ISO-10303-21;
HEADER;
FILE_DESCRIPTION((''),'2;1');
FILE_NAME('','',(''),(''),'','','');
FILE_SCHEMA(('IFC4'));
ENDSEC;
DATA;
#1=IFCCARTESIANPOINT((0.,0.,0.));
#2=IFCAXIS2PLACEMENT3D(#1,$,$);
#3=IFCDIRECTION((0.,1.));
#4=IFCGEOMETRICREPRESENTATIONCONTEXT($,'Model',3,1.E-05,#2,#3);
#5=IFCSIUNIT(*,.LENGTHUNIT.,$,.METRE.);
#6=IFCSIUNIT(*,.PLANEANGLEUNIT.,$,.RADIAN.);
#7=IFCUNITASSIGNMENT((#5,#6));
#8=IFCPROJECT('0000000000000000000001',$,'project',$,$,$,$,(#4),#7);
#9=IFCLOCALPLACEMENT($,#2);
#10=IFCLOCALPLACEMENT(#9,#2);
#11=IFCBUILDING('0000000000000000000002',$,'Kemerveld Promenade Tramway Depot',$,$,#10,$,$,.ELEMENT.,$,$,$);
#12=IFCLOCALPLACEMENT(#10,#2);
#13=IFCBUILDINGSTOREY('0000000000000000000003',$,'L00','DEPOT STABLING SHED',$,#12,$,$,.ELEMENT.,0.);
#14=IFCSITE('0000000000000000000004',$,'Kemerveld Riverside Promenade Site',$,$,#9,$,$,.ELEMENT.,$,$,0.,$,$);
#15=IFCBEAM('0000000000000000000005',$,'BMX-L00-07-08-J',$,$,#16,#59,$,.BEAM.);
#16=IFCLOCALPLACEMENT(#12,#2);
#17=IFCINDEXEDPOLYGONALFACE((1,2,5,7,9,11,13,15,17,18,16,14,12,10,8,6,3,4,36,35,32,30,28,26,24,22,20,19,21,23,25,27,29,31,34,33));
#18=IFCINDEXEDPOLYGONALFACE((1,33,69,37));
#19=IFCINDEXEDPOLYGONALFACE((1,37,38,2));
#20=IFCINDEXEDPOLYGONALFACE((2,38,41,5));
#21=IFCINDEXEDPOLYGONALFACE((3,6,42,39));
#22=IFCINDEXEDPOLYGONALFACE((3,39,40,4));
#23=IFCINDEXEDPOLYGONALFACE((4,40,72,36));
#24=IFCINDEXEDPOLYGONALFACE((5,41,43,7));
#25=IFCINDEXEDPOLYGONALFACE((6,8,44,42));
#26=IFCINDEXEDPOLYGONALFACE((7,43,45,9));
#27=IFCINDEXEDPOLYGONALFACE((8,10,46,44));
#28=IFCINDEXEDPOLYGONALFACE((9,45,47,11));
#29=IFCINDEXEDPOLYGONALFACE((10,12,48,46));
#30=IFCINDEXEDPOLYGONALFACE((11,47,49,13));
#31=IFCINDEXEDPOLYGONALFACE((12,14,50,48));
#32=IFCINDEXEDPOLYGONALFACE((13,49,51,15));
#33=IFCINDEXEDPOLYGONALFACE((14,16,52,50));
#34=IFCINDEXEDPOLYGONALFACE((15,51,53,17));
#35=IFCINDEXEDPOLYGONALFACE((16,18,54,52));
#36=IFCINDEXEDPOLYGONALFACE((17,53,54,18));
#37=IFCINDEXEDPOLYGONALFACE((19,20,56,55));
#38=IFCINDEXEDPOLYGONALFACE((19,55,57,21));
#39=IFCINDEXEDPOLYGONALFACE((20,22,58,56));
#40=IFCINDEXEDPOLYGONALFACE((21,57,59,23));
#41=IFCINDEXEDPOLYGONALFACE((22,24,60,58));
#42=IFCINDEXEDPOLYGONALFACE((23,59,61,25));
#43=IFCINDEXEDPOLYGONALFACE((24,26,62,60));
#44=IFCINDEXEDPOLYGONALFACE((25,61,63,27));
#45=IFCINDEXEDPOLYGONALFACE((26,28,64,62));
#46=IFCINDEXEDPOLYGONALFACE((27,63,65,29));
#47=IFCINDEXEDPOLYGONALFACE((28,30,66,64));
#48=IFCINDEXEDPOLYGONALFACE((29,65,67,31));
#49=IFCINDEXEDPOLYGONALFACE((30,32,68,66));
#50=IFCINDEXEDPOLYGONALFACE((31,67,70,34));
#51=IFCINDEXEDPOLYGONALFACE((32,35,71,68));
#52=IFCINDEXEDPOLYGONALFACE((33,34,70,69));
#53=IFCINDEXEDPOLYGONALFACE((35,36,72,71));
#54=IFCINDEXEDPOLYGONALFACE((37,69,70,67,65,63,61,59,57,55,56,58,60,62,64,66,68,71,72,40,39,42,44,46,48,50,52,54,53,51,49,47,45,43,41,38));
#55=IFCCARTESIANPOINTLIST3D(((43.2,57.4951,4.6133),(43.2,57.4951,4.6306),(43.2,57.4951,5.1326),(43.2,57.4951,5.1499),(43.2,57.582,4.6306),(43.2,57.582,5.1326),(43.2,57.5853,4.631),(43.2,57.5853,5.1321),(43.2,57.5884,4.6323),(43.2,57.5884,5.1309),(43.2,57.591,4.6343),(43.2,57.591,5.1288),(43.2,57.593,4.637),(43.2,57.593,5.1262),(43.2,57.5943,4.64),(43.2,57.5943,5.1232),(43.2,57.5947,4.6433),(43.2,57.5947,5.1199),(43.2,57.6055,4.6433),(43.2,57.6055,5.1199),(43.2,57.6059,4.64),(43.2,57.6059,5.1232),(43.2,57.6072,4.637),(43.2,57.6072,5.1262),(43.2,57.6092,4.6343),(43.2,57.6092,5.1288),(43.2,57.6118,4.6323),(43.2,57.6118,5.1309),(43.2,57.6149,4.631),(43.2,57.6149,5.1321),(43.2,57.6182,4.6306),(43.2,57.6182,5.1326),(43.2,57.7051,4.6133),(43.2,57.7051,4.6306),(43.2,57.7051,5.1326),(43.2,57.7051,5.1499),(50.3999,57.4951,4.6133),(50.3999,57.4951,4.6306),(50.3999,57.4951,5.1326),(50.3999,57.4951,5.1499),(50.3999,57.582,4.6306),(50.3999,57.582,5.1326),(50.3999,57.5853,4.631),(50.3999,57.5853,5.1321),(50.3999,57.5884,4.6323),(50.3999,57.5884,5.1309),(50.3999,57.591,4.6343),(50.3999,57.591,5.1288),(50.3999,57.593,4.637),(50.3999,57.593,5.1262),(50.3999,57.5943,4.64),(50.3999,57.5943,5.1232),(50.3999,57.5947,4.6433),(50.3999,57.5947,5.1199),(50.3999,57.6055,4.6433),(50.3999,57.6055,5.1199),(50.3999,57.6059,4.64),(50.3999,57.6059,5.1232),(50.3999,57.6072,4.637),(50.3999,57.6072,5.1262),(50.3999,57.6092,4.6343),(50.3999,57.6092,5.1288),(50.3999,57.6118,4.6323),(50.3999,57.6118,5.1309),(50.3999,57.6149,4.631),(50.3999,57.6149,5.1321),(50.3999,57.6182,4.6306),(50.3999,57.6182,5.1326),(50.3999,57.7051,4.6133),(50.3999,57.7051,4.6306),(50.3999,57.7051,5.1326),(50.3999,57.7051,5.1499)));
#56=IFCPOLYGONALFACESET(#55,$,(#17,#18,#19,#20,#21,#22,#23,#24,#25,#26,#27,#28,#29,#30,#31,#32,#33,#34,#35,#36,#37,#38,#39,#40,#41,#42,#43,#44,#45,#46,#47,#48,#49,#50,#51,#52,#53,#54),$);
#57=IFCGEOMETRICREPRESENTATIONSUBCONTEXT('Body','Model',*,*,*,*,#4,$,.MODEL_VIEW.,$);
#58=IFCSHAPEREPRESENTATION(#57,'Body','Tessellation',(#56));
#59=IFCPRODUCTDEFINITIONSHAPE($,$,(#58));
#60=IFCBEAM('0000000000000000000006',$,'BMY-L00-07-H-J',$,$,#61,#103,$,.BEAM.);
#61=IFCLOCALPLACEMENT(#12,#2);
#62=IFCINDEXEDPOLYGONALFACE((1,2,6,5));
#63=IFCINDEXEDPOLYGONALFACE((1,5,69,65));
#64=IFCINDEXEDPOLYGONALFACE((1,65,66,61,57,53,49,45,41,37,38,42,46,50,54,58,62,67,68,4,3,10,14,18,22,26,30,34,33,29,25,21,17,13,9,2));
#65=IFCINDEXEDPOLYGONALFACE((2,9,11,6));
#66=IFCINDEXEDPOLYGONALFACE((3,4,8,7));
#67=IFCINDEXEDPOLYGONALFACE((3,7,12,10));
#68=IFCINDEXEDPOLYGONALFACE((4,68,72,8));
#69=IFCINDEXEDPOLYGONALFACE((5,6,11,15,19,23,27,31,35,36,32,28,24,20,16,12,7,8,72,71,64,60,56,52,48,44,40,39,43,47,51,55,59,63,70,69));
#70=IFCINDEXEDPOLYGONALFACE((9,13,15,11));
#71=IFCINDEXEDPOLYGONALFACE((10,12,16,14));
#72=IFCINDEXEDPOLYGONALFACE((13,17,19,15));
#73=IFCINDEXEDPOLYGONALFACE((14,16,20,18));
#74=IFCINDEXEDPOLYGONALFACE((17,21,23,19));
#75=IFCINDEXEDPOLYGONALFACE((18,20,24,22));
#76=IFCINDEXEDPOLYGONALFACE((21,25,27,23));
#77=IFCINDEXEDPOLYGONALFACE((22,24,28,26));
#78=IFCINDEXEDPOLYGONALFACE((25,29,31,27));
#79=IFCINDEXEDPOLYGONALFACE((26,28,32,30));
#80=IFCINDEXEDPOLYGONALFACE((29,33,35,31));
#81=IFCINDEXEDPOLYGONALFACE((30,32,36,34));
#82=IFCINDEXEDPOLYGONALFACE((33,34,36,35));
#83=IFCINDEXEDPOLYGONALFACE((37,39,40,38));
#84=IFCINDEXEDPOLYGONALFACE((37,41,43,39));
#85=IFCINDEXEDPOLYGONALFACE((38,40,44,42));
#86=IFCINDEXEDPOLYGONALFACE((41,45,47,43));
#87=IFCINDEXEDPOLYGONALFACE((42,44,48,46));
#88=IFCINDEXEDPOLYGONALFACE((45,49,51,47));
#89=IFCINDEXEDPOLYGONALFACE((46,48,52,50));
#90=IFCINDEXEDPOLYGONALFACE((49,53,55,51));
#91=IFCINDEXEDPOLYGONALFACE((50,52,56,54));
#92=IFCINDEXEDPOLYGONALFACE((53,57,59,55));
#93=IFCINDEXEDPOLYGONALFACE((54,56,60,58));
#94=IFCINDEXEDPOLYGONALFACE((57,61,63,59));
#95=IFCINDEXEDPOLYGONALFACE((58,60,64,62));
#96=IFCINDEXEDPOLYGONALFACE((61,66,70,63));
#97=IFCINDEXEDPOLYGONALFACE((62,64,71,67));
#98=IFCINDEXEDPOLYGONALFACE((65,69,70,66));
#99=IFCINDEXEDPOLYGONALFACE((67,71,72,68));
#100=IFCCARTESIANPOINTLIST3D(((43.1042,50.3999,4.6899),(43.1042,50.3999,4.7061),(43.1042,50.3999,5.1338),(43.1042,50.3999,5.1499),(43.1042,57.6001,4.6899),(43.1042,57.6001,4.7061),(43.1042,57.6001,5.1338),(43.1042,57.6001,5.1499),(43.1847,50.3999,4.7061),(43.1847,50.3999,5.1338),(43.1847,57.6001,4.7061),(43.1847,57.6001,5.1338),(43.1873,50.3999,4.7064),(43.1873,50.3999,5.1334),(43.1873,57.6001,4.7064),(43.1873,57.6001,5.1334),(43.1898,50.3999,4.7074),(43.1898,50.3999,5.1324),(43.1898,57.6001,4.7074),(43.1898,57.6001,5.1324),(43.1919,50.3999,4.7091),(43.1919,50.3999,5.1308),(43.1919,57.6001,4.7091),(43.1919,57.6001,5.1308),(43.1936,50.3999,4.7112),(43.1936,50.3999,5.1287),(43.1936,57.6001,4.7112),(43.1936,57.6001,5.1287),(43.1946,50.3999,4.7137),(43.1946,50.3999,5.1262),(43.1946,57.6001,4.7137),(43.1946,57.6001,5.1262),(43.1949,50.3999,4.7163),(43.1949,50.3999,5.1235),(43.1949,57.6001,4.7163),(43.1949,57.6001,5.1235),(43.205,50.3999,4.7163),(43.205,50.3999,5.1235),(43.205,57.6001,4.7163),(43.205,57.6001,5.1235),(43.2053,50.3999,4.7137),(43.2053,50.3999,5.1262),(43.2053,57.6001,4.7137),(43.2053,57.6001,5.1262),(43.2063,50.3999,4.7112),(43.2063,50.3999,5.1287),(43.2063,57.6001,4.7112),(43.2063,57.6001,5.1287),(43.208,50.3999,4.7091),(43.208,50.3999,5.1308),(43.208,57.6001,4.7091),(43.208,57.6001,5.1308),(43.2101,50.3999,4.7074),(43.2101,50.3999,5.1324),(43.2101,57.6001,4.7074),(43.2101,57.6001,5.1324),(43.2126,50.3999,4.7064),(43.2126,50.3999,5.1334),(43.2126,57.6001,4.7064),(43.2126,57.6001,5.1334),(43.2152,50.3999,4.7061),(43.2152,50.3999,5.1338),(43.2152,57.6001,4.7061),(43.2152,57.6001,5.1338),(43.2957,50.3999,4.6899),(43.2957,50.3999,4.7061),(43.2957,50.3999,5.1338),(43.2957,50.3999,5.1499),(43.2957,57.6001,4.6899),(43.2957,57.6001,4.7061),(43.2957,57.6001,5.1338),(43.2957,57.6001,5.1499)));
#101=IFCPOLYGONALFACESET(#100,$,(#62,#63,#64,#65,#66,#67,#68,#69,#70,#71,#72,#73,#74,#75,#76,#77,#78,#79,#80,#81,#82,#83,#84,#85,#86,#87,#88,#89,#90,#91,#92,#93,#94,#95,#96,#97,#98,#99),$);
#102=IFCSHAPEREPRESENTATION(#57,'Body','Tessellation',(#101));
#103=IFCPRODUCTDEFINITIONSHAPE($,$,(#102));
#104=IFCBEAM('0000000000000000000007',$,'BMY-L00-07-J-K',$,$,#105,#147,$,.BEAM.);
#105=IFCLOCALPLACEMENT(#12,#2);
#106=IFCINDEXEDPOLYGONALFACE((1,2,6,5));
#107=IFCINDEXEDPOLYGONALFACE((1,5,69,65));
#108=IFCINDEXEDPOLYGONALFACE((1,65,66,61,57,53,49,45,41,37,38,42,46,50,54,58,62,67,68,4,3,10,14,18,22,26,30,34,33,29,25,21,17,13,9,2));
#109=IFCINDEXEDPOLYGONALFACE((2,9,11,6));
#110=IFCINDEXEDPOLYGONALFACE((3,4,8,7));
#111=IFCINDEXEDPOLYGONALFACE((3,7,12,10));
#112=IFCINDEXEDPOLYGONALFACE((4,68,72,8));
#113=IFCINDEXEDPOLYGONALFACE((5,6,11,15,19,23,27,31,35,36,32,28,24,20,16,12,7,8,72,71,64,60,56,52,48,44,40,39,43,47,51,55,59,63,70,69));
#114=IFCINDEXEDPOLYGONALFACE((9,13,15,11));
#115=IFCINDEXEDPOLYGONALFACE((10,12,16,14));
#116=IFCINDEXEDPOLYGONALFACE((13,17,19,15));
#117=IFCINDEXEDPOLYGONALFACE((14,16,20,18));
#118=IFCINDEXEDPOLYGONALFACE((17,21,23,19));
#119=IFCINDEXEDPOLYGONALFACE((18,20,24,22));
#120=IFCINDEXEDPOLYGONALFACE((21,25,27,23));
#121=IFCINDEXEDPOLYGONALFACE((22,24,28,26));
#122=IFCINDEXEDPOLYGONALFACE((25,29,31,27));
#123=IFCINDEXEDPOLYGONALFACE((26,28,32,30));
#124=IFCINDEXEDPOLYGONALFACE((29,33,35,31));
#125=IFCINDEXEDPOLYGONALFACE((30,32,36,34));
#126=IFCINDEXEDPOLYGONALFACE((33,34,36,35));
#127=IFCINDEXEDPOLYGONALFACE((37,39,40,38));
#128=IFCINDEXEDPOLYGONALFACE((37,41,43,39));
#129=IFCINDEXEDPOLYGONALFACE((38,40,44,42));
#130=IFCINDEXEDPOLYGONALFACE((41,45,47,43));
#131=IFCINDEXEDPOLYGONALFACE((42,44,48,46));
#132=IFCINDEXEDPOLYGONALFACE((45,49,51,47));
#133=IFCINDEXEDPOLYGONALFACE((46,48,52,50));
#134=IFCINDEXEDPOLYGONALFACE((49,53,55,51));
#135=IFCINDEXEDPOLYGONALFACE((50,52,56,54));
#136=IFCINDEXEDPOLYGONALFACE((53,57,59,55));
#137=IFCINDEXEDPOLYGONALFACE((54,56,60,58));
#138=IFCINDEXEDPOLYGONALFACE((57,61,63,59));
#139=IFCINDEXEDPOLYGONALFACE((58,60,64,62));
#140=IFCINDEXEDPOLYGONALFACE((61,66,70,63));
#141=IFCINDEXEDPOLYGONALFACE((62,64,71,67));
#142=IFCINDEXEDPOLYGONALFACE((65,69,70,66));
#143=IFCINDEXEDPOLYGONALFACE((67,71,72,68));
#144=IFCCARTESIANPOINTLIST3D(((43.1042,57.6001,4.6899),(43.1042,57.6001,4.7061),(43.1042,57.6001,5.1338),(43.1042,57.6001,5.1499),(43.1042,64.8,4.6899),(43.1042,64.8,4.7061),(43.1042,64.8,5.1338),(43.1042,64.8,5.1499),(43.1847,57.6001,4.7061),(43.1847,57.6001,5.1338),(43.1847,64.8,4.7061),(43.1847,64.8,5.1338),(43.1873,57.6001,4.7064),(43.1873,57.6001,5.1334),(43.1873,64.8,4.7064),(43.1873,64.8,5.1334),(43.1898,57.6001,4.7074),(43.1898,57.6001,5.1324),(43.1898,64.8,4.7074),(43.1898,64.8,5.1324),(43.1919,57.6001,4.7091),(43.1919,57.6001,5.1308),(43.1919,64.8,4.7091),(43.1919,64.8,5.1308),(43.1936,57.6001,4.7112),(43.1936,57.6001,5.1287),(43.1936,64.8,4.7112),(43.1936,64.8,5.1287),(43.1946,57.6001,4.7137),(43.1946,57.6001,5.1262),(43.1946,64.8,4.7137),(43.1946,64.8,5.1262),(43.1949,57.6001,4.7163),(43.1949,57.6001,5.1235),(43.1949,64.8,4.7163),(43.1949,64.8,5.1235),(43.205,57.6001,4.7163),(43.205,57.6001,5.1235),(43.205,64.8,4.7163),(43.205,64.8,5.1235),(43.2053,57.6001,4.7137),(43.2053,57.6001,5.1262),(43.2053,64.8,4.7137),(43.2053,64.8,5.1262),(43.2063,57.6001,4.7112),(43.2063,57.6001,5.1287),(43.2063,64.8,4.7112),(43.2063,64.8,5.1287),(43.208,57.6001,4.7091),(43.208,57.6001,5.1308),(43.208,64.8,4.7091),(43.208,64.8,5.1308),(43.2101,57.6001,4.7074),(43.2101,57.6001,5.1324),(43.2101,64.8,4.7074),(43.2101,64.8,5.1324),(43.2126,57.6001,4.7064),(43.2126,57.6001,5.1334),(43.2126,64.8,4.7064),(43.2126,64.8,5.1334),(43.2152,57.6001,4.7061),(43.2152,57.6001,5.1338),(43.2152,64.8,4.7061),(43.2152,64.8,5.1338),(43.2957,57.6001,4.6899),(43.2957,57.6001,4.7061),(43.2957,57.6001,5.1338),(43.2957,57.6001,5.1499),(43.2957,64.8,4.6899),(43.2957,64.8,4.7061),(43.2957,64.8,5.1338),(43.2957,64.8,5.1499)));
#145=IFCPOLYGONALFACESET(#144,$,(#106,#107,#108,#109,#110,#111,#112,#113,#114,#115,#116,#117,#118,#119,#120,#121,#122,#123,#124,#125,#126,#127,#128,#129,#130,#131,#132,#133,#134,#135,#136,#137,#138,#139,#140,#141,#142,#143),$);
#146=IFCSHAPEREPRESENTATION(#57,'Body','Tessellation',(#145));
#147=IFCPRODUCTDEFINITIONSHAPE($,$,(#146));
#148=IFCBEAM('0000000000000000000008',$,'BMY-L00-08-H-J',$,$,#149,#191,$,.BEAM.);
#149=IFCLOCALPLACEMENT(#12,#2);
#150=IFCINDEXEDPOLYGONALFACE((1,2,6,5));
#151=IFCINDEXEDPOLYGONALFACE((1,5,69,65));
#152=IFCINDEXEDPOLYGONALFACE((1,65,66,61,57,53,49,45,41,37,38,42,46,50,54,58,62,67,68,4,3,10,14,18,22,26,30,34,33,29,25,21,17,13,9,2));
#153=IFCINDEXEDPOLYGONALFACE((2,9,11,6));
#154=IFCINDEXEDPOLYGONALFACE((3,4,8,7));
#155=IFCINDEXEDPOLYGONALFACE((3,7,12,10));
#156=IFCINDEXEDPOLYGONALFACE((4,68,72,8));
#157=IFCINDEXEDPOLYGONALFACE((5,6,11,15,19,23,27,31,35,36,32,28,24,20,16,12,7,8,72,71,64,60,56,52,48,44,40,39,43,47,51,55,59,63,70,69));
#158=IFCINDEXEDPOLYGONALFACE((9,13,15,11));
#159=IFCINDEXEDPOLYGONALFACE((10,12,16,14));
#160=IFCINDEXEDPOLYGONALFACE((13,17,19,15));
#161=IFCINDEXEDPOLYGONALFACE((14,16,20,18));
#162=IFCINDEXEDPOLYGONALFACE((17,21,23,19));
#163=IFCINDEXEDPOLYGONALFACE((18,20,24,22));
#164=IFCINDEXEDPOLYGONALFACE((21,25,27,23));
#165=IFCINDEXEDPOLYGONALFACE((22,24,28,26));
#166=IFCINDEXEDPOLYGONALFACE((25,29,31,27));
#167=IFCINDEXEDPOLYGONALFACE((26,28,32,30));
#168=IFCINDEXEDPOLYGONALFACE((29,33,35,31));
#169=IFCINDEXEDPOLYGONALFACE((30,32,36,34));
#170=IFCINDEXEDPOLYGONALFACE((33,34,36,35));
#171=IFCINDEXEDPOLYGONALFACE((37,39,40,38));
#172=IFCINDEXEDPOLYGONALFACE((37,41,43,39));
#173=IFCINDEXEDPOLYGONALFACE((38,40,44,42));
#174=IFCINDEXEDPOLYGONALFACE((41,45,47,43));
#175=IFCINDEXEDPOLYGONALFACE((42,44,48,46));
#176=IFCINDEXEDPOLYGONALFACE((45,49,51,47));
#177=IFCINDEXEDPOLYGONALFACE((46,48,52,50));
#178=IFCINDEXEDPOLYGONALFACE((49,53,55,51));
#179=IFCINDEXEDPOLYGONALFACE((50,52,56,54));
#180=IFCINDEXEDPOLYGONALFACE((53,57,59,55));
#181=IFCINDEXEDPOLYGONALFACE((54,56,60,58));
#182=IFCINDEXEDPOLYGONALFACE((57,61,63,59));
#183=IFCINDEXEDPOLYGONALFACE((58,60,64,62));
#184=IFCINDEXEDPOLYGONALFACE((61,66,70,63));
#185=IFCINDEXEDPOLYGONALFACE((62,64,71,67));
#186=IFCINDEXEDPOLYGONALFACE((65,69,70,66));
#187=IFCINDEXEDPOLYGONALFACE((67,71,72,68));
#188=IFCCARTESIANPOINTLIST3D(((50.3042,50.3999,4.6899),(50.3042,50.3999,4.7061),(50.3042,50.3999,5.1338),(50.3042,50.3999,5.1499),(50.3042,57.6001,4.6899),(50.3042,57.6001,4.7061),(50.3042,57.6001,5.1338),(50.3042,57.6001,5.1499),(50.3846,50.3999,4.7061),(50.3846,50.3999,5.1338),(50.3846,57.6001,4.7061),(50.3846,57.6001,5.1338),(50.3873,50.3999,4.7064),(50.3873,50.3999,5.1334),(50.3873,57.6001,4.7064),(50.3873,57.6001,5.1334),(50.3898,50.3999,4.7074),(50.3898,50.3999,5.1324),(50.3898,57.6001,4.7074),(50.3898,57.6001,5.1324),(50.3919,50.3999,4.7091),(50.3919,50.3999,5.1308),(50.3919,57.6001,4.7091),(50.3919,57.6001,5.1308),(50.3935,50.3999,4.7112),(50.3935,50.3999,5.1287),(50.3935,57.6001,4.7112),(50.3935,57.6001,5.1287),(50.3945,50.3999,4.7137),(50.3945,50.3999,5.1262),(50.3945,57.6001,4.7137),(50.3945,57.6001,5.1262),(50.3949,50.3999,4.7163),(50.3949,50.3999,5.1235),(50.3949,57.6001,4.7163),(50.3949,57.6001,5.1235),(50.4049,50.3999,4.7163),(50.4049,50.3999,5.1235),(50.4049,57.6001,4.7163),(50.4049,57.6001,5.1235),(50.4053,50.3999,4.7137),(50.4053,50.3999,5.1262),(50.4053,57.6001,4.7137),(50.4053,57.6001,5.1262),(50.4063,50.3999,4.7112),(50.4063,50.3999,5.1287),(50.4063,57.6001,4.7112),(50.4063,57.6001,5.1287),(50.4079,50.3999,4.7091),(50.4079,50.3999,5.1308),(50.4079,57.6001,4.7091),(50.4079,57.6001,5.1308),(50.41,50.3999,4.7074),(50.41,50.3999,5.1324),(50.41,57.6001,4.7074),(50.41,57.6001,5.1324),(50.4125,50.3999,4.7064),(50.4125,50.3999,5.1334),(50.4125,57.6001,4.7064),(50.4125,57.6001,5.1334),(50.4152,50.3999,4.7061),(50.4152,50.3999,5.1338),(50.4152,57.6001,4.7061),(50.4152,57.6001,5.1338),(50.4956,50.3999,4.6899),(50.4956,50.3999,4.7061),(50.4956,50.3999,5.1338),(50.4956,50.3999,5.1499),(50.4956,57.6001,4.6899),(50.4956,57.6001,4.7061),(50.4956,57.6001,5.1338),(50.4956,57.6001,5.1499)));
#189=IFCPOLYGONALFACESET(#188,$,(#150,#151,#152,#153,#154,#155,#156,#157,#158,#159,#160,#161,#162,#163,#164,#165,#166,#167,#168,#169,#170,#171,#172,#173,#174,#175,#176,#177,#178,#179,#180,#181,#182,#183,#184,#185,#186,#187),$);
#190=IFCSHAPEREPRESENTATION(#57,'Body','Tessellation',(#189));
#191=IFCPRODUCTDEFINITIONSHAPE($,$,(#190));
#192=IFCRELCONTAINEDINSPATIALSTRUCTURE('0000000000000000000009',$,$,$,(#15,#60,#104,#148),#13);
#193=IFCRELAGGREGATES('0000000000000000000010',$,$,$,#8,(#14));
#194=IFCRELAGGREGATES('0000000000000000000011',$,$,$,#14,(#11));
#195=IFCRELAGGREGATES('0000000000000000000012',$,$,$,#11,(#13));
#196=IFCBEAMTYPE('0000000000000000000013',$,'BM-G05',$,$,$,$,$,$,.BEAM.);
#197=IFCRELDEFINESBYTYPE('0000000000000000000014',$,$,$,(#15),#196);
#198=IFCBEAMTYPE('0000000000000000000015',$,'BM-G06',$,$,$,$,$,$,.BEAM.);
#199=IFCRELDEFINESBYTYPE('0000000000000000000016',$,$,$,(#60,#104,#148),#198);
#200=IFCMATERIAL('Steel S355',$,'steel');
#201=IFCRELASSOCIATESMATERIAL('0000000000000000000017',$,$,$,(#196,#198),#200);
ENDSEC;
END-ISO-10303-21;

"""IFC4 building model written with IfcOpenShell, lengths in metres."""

from ifc_helpers import new_model, si_unit, direction, frame, origin, origin_2d, place, context, subcontext, project, spatial, i_section, extrude, material, material_profile, profile_set, type_object, element, save


model = new_model("IFC4")

# Units and contexts
model_context = context("Model", 3, precision=1e-05, world=origin(), true_north=direction((0.0, 1.0)))
body_context = subcontext(model_context, "Body", "Model", "MODEL_VIEW")
ifc_project = project(units=[si_unit("LENGTHUNIT", "METRE"), si_unit("PLANEANGLEUNIT", "RADIAN")], contexts=[model_context])

# Site, building, storey
site_placement = place(None, origin())
site = spatial("IfcSite", under=ifc_project, at=site_placement, Name="Kemerveld Riverside Promenade Site", CompositionType="ELEMENT", RefElevation=0.0)
building_placement = place(site_placement, origin())
building = spatial("IfcBuilding", under=site, at=building_placement, Name="Kemerveld Promenade Tramway Depot", CompositionType="ELEMENT")
storey_placement = place(building_placement, origin())
storey = spatial("IfcBuildingStorey", under=building, at=storey_placement, Name="L00", Description="DEPOT STABLING SHED", CompositionType="ELEMENT", Elevation=0.0)

# Shared definitions
ifc_material_1 = material(Name="Steel S355", Category="steel")

# Beams
ifc_material_profile_1 = material_profile(ifc_material_1, i_section(OverallWidth=0.21, OverallDepth=0.5366, WebThickness=0.0107, FlangeThickness=0.0173, FilletRadius=0.0127, at=origin_2d()), Name="533x210x101 UB")
ifc_profile_set_1 = profile_set([ifc_material_profile_1], Name="Steel S355")
beam_type_1 = type_object("IfcBeamType", Name="BM-G05", PredefinedType="BEAM", material=ifc_profile_set_1)
beam_1_placement = place(storey_placement, frame((43.2, 57.6001, 4.8816), z_axis=(1.0, 0.0, 0.0), x_axis=(0.0, 1.0, 0.0)))
element("IfcBeam", 1, at=beam_1_placement, inside=storey, type_object=beam_type_1, Name="BMX-L00-07-08-J", PredefinedType="BEAM", context=body_context, shape_type="SweptSolid", body=[
    extrude(i_section(OverallWidth=0.21, OverallDepth=0.5366, WebThickness=0.0107, FlangeThickness=0.0173, FilletRadius=0.0127, at=origin_2d()), origin(), (0.0, 0.0, 1.0), 7.2),
])
ifc_material_profile_2 = material_profile(ifc_material_1, i_section(OverallWidth=0.1914, OverallDepth=0.46, WebThickness=0.01, FlangeThickness=0.0161, FilletRadius=0.0103, at=origin_2d()), Name="457x191x82 UB")
ifc_profile_set_2 = profile_set([ifc_material_profile_2], Name="Steel S355")
beam_type_2 = type_object("IfcBeamType", Name="BM-G06", PredefinedType="BEAM", material=ifc_profile_set_2)
beam_2_placement = place(storey_placement, frame((43.2, 50.3999, 4.9199), z_axis=(0.0, 1.0, 0.0), x_axis=(-1.0, 0.0, 0.0)))
element("IfcBeam", 2, at=beam_2_placement, inside=storey, type_object=beam_type_2, Name="BMY-L00-07-H-J", PredefinedType="BEAM", context=body_context, shape_type="SweptSolid", body=[
    extrude(i_section(OverallWidth=0.1914, OverallDepth=0.46, WebThickness=0.01, FlangeThickness=0.0161, FilletRadius=0.0103, at=origin_2d()), origin(), (0.0, 0.0, 1.0), 7.2002),
])
beam_3_placement = place(storey_placement, frame((43.2, 57.6001, 4.9199), z_axis=(0.0, 1.0, 0.0), x_axis=(-1.0, 0.0, 0.0)))
element("IfcBeam", 3, at=beam_3_placement, inside=storey, type_object=beam_type_2, Name="BMY-L00-07-J-K", PredefinedType="BEAM", context=body_context, shape_type="SweptSolid", body=[
    extrude(i_section(OverallWidth=0.1914, OverallDepth=0.46, WebThickness=0.01, FlangeThickness=0.0161, FilletRadius=0.0103, at=origin_2d()), origin(), (0.0, 0.0, 1.0), 7.2),
])
beam_4_placement = place(storey_placement, frame((50.3999, 50.3999, 4.9199), z_axis=(0.0, 1.0, 0.0), x_axis=(-1.0, 0.0, 0.0)))
element("IfcBeam", 4, at=beam_4_placement, inside=storey, type_object=beam_type_2, Name="BMY-L00-08-H-J", PredefinedType="BEAM", context=body_context, shape_type="SweptSolid", body=[
    extrude(i_section(OverallWidth=0.1914, OverallDepth=0.46, WebThickness=0.01, FlangeThickness=0.0161, FilletRadius=0.0103, at=origin_2d()), origin(), (0.0, 0.0, 1.0), 7.2002),
])

save(model, "model.ifc")
